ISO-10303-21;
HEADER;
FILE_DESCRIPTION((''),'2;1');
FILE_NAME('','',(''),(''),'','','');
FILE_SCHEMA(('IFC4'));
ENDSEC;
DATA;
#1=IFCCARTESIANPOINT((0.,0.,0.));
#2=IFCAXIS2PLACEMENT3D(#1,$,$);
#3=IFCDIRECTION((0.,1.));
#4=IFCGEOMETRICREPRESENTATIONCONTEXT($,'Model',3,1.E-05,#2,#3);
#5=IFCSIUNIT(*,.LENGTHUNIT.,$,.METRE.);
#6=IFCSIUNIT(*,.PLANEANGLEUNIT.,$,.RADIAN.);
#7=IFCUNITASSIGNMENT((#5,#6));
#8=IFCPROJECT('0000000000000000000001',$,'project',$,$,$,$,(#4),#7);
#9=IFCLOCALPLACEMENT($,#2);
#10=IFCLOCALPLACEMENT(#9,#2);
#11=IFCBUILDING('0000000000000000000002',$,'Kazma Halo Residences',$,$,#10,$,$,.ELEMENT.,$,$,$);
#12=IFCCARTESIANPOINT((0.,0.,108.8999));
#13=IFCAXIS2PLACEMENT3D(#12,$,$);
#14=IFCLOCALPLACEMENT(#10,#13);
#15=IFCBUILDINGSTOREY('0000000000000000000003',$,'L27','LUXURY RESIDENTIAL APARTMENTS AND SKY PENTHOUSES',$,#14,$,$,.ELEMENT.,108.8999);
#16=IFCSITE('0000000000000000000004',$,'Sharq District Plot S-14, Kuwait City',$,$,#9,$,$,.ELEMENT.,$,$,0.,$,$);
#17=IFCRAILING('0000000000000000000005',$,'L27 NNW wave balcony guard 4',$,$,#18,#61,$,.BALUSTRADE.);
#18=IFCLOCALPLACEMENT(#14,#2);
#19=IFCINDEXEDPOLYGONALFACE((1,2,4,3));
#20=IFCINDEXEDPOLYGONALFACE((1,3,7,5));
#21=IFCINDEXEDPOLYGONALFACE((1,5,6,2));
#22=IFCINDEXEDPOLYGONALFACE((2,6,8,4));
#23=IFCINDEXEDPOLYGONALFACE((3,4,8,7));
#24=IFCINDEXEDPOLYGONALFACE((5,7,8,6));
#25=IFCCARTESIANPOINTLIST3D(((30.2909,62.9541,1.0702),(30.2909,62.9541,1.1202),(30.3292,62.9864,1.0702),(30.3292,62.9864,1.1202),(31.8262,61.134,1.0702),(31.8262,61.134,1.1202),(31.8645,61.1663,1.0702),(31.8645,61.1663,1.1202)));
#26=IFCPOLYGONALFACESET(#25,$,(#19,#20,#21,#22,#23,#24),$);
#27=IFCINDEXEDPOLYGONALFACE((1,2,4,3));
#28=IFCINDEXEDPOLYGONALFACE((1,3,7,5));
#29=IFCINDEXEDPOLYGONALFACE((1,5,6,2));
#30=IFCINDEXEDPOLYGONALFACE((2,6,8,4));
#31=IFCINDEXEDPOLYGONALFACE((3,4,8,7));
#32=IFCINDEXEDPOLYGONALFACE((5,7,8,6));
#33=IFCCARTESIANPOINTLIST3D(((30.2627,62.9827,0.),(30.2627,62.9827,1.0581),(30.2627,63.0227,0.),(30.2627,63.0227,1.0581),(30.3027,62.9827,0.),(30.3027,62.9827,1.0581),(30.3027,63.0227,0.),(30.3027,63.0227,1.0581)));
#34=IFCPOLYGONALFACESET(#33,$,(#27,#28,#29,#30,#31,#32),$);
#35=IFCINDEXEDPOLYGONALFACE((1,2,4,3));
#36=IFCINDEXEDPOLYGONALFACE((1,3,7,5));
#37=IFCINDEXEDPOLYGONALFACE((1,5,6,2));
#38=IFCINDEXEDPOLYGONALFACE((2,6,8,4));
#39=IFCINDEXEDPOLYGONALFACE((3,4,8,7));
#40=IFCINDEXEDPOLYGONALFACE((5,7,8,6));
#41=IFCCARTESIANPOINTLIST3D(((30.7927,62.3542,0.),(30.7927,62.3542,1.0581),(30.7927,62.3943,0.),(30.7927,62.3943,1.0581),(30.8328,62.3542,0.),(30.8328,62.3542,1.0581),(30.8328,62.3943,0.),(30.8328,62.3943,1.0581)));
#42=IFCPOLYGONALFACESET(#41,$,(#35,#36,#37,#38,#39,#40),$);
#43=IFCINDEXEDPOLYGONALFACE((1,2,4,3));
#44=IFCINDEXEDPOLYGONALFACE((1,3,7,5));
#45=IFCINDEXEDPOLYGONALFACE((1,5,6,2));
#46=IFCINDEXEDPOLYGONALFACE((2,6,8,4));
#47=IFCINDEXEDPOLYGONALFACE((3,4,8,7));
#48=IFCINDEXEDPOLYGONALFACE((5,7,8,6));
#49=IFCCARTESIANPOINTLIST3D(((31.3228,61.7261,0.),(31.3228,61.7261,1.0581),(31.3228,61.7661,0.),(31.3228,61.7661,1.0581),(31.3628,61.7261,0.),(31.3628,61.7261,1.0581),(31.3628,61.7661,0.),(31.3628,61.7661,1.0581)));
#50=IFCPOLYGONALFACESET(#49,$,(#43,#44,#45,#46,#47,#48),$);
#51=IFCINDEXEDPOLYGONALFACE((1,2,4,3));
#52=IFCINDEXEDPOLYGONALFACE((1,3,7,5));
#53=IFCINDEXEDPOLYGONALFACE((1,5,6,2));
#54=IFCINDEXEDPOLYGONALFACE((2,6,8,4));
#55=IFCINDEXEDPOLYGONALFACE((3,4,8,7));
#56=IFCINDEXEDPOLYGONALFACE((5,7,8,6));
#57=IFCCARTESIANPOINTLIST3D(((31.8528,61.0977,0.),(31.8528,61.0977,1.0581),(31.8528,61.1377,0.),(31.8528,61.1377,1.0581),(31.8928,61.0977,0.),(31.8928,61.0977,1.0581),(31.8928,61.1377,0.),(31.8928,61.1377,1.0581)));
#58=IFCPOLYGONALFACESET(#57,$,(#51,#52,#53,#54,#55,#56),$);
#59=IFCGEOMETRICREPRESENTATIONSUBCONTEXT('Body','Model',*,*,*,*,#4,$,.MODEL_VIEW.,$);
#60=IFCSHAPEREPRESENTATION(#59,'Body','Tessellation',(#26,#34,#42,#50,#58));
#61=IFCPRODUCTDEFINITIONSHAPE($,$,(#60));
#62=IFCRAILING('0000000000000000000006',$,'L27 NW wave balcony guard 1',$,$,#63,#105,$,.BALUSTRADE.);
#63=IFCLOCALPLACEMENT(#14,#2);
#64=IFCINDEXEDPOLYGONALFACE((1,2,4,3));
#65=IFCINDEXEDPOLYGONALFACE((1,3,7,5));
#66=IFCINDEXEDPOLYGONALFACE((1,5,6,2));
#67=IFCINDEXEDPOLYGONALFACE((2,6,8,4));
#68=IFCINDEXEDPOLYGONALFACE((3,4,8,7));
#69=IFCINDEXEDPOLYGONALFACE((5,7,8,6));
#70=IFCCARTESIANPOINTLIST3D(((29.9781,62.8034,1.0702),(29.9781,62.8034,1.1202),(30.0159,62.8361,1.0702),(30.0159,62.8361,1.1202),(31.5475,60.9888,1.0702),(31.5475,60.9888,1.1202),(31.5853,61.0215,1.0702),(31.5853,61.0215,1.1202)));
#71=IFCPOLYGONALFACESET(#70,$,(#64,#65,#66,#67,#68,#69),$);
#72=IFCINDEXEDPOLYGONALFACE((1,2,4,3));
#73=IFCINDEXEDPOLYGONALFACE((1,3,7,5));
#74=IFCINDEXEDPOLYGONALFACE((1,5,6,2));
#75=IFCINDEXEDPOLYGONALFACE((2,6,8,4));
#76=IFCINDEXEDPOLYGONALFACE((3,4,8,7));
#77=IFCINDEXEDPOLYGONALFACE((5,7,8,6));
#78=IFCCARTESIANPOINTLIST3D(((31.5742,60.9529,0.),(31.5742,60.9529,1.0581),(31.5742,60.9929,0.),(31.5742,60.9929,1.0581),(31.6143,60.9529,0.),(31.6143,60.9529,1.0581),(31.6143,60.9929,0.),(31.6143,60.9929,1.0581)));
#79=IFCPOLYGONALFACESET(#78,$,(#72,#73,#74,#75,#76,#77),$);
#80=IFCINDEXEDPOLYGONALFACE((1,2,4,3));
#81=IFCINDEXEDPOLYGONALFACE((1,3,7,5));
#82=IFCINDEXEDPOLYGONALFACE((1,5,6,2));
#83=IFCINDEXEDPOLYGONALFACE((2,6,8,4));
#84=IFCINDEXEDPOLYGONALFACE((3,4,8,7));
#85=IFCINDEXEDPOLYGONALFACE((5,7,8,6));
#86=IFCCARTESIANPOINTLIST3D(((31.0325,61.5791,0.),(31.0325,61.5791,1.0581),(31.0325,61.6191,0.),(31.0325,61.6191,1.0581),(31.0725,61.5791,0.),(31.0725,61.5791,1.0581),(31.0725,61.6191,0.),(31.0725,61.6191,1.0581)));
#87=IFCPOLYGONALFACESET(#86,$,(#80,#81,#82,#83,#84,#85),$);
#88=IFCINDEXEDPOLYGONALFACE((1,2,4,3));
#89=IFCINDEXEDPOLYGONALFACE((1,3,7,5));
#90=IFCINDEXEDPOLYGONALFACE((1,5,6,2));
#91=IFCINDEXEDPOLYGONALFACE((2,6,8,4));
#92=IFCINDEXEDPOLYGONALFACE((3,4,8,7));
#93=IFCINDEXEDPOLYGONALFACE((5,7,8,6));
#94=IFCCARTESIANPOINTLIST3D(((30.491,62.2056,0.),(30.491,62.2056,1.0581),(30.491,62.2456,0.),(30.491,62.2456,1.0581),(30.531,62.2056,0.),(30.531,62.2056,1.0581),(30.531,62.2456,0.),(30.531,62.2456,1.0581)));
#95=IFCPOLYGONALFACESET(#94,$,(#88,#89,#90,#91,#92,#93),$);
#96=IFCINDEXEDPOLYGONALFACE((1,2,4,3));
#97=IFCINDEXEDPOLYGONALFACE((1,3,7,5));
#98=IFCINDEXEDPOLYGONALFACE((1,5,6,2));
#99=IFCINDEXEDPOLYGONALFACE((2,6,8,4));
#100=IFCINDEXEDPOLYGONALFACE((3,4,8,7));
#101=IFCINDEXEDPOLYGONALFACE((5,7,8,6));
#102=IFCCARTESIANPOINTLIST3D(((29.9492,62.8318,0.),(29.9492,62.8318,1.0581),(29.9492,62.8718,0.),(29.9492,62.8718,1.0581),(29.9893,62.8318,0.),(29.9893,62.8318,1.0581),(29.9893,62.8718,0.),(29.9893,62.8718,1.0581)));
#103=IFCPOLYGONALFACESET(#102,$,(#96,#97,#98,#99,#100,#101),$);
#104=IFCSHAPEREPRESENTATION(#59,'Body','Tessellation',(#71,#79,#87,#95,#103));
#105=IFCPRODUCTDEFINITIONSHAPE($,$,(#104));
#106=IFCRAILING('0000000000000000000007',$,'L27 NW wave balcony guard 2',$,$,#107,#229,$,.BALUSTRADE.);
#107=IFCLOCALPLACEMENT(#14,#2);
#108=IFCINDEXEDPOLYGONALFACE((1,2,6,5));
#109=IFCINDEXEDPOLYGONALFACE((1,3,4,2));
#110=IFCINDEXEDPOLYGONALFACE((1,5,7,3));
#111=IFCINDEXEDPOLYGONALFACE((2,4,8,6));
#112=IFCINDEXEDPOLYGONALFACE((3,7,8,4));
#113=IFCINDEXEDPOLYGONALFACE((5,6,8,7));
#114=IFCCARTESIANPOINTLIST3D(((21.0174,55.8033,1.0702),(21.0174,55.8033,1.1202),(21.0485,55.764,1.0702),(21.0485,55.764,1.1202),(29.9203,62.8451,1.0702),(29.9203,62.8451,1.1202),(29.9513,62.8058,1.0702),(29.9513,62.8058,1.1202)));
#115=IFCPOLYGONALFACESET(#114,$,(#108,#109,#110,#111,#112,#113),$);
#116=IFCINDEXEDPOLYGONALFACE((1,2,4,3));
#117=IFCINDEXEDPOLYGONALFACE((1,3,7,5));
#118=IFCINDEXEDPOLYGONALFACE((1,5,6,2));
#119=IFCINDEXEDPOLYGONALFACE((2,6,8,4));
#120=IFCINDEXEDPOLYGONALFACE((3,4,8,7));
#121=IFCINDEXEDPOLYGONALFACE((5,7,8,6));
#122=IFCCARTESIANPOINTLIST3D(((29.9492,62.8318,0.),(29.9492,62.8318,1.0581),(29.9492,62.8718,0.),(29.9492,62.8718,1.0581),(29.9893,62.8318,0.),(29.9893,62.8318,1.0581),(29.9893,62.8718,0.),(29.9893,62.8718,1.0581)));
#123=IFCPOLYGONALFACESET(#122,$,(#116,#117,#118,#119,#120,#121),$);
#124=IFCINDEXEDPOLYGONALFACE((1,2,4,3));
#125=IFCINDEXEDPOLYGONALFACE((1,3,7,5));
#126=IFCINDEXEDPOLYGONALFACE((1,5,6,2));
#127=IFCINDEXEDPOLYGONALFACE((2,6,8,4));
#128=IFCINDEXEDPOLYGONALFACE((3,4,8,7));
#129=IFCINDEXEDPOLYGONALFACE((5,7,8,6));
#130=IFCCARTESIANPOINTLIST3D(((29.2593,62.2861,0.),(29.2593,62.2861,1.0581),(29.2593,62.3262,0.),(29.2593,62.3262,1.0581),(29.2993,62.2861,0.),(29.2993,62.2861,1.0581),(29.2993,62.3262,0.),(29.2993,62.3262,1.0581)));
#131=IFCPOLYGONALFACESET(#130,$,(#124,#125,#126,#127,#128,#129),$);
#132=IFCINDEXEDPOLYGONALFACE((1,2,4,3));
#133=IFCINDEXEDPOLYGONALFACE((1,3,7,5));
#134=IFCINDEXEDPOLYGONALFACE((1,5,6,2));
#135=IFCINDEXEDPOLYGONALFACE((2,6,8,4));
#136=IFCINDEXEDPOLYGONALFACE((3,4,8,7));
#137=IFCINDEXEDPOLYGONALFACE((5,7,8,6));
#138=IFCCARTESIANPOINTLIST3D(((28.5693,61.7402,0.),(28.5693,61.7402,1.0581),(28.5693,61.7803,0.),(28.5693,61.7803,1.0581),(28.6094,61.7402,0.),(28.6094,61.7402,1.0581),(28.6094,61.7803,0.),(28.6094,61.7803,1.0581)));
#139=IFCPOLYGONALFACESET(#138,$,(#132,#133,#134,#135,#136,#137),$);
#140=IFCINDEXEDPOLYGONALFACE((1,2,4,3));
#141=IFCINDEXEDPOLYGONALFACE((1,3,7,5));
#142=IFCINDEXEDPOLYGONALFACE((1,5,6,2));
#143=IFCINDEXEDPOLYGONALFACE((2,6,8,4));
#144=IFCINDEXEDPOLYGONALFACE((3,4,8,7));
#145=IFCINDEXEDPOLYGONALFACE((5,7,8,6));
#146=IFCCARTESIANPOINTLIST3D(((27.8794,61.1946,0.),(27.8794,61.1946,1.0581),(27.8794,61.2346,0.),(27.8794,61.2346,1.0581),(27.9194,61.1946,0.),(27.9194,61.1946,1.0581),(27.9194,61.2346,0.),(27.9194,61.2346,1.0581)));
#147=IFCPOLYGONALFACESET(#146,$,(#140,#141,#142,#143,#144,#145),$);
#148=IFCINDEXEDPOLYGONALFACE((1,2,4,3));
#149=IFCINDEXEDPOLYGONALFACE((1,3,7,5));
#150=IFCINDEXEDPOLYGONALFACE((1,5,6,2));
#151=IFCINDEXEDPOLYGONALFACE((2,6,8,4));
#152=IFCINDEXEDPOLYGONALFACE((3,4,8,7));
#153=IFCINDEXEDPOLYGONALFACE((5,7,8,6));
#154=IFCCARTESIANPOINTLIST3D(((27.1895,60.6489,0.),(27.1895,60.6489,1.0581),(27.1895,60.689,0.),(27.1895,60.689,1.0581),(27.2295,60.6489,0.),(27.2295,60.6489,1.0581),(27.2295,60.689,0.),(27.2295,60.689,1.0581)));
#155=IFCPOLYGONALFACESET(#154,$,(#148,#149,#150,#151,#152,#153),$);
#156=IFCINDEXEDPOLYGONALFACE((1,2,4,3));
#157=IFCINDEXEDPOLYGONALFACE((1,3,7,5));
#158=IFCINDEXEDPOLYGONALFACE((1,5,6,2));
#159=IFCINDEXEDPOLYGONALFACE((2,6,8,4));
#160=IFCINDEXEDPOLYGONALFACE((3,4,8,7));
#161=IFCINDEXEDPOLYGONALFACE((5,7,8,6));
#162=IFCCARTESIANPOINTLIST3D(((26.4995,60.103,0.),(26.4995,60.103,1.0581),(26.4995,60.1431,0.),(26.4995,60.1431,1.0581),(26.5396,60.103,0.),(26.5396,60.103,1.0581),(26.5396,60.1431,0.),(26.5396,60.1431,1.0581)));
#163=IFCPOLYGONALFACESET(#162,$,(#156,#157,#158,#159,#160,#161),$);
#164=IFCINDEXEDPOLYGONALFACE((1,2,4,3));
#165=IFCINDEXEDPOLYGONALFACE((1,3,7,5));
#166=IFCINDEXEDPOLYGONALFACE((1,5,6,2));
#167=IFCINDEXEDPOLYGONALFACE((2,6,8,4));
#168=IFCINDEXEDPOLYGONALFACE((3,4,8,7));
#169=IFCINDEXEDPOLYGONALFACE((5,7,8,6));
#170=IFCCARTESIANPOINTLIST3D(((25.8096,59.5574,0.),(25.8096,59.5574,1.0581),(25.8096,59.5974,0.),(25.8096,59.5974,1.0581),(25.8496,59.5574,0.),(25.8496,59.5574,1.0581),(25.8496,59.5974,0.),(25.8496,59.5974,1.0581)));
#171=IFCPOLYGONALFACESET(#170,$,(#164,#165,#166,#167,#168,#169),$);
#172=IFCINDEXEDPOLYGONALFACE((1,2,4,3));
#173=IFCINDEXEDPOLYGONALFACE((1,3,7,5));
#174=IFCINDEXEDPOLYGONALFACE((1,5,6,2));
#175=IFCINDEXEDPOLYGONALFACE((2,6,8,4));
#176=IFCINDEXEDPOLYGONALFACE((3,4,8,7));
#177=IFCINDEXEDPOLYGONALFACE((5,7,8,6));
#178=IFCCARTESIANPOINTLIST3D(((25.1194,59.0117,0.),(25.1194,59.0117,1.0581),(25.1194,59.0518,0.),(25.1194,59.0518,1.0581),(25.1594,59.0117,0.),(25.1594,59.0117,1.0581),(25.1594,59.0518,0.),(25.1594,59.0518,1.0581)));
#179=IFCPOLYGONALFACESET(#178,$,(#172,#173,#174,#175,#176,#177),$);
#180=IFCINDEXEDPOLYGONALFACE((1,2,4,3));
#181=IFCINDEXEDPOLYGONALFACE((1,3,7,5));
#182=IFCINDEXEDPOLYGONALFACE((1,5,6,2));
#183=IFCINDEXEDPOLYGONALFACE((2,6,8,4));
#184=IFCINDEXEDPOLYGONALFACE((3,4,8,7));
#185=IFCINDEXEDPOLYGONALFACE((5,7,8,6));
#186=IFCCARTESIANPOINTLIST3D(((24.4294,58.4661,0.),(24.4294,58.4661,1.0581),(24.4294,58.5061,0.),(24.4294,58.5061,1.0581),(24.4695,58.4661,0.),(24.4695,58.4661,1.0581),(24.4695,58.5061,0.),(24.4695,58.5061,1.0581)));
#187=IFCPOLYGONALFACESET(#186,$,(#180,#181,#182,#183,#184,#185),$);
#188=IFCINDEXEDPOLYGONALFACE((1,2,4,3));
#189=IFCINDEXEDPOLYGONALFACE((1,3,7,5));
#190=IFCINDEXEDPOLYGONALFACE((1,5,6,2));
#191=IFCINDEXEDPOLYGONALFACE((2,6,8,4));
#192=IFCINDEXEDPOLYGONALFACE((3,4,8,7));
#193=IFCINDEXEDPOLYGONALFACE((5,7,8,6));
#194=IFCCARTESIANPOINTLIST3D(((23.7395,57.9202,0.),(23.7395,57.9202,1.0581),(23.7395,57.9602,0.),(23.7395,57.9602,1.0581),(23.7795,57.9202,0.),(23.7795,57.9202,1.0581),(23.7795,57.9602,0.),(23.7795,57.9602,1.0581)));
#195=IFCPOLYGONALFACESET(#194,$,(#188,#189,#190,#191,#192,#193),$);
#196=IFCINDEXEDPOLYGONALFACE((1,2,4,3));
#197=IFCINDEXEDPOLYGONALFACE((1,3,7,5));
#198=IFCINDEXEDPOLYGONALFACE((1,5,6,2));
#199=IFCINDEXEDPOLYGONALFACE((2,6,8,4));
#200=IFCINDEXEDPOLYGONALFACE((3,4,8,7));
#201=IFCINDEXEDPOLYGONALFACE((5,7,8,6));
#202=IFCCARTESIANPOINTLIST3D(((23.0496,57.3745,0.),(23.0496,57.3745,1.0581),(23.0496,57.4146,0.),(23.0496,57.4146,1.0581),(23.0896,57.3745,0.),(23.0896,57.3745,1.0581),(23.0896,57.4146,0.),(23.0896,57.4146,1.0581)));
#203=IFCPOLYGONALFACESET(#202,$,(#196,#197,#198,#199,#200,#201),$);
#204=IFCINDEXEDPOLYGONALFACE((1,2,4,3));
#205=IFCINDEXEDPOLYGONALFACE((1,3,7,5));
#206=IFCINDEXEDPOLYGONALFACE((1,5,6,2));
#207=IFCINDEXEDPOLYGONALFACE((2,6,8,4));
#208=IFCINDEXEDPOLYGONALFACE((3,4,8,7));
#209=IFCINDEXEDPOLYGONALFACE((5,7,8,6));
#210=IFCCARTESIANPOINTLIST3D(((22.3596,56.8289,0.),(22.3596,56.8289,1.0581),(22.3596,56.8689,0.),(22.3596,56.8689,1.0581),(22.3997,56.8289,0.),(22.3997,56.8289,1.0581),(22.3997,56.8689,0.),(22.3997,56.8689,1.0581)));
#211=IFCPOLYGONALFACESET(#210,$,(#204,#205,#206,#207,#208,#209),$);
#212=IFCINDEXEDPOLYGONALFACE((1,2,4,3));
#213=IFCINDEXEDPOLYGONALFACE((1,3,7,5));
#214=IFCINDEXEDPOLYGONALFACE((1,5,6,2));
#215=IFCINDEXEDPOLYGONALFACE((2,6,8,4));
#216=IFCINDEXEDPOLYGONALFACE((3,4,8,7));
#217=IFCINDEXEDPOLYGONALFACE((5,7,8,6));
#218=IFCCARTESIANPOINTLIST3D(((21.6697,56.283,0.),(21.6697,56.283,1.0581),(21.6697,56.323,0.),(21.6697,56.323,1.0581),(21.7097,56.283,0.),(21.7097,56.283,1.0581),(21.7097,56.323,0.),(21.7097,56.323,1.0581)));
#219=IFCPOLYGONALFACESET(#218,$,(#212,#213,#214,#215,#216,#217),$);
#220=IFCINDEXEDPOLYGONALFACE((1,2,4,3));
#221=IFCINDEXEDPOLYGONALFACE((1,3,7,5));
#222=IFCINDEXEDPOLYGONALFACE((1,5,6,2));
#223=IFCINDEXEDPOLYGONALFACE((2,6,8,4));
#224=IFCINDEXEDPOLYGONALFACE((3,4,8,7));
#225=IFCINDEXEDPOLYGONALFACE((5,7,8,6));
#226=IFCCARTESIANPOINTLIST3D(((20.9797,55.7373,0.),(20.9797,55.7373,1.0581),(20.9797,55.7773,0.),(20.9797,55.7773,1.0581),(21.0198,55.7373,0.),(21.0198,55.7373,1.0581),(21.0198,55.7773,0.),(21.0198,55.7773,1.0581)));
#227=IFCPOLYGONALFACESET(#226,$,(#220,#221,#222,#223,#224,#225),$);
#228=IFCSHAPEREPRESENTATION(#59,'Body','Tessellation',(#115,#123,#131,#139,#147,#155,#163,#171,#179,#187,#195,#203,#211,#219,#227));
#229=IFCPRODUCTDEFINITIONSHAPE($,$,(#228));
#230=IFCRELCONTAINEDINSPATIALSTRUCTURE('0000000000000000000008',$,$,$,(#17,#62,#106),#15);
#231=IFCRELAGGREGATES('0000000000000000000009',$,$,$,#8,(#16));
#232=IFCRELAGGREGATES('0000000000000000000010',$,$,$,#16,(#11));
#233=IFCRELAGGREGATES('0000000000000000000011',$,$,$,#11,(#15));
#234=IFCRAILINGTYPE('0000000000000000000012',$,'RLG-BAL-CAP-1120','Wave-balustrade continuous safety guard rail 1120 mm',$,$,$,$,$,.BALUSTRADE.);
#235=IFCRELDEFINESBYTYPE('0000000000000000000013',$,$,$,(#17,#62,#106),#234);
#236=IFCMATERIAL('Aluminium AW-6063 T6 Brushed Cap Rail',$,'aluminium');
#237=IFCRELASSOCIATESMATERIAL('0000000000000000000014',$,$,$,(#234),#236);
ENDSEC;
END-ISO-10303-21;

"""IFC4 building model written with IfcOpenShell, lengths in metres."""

from ifc_helpers import new_model, si_unit, direction, frame, origin, origin_2d, place, context, subcontext, project, spatial, rectangle, extrude, material, type_object, element, save


model = new_model("IFC4")

# Units and contexts
model_context = context("Model", 3, precision=1e-05, world=origin(), true_north=direction((0.0, 1.0)))
body_context = subcontext(model_context, "Body", "Model", "MODEL_VIEW")
ifc_project = project(units=[si_unit("LENGTHUNIT", "METRE"), si_unit("PLANEANGLEUNIT", "RADIAN")], contexts=[model_context])

# Site, building, storey
site_placement = place(None, origin())
site = spatial("IfcSite", under=ifc_project, at=site_placement, Name="Sharq District Plot S-14, Kuwait City", CompositionType="ELEMENT", RefElevation=0.0)
building_placement = place(site_placement, origin())
building = spatial("IfcBuilding", under=site, at=building_placement, Name="Kazma Halo Residences", CompositionType="ELEMENT")
storey_placement = place(building_placement, frame((0.0, 0.0, 108.8999)))
storey = spatial("IfcBuildingStorey", under=building, at=storey_placement, Name="L27", Description="LUXURY RESIDENTIAL APARTMENTS AND SKY PENTHOUSES", CompositionType="ELEMENT", Elevation=108.8999)

# Railings
ifc_material_1 = material(Name="Aluminium AW-6063 T6 Brushed Cap Rail", Category="aluminium")
railing_type = type_object("IfcRailingType", Name="RLG-BAL-CAP-1120", Description="Wave-balustrade continuous safety guard rail 1120 mm", PredefinedType="BALUSTRADE", material=ifc_material_1)
railing_1_placement = place(storey_placement, frame((30.2827, 63.0027, 0.0)))
element("IfcRailing", 1, at=railing_1_placement, inside=storey, type_object=railing_type, Name="L27 NNW wave balcony guard 4", PredefinedType="BALUSTRADE", context=body_context, shape_type="SweptSolid", body=[
    extrude(rectangle(XDim=0.05, YDim=0.05, at=origin_2d()), frame((0.0273, -0.0325, 1.0952), z_axis=(0.644779, -0.764369, 0.0), x_axis=(0.764369, 0.644779, 0.0)), (0.0, 0.0, 1.0), 2.3811),
    extrude(rectangle(XDim=0.04, YDim=0.04, at=origin_2d()), origin(), (0.0, 0.0, 1.0), 1.0581),
    extrude(rectangle(XDim=0.04, YDim=0.04, at=origin_2d()), frame((0.53, -0.6284, 0.0)), (0.0, 0.0, 1.0), 1.0581),
    extrude(rectangle(XDim=0.04, YDim=0.04, at=origin_2d()), frame((1.0601, -1.2566, 0.0)), (0.0, 0.0, 1.0), 1.0581),
    extrude(rectangle(XDim=0.04, YDim=0.04, at=origin_2d()), frame((1.5901, -1.885, 0.0)), (0.0, 0.0, 1.0), 1.0581),
])
railing_2_placement = place(storey_placement, frame((31.5942, 60.9729, 0.0)))
element("IfcRailing", 2, at=railing_2_placement, inside=storey, type_object=railing_type, Name="L27 NW wave balcony guard 1", PredefinedType="BALUSTRADE", context=body_context, shape_type="SweptSolid", body=[
    extrude(rectangle(XDim=0.05, YDim=0.05, at=origin_2d()), frame((-0.0278, 0.0322, 1.0952), z_axis=(-0.654152, 0.756363, 0.0), x_axis=(-0.756363, -0.654152, 0.0)), (0.0, 0.0, 1.0), 2.3992),
    extrude(rectangle(XDim=0.04, YDim=0.04, at=origin_2d()), origin(), (0.0, 0.0, 1.0), 1.0581),
    extrude(rectangle(XDim=0.04, YDim=0.04, at=origin_2d()), frame((-0.5417, 0.6262, 0.0)), (0.0, 0.0, 1.0), 1.0581),
    extrude(rectangle(XDim=0.04, YDim=0.04, at=origin_2d()), frame((-1.0833, 1.2527, 0.0)), (0.0, 0.0, 1.0), 1.0581),
    extrude(rectangle(XDim=0.04, YDim=0.04, at=origin_2d()), frame((-1.625, 1.8789, 0.0)), (0.0, 0.0, 1.0), 1.0581),
])
railing_3_placement = place(storey_placement, frame((29.9692, 62.8518, 0.0)))
element("IfcRailing", 3, at=railing_3_placement, inside=storey, type_object=railing_type, Name="L27 NW wave balcony guard 2", PredefinedType="BALUSTRADE", context=body_context, shape_type="SweptSolid", body=[
    extrude(rectangle(XDim=0.05, YDim=0.05, at=origin_2d()), frame((-0.0334, -0.0264, 1.0952), z_axis=(-0.784316, -0.620361, 0.0), x_axis=(0.620361, -0.784316, 0.0)), (0.0, 0.0, 1.0), 11.3511),
    extrude(rectangle(XDim=0.04, YDim=0.04, at=origin_2d()), origin(), (0.0, 0.0, 1.0), 1.0581),
    extrude(rectangle(XDim=0.04, YDim=0.04, at=origin_2d()), frame((-0.6899, -0.5457, 0.0)), (0.0, 0.0, 1.0), 1.0581),
    extrude(rectangle(XDim=0.04, YDim=0.04, at=origin_2d()), frame((-1.3799, -1.0916, 0.0)), (0.0, 0.0, 1.0), 1.0581),
    extrude(rectangle(XDim=0.04, YDim=0.04, at=origin_2d()), frame((-2.0698, -1.6372, 0.0)), (0.0, 0.0, 1.0), 1.0581),
    extrude(rectangle(XDim=0.04, YDim=0.04, at=origin_2d()), frame((-2.7598, -2.1829, 0.0)), (0.0, 0.0, 1.0), 1.0581),
    extrude(rectangle(XDim=0.04, YDim=0.04, at=origin_2d()), frame((-3.4497, -2.7288, 0.0)), (0.0, 0.0, 1.0), 1.0581),
    extrude(rectangle(XDim=0.04, YDim=0.04, at=origin_2d()), frame((-4.1396, -3.2744, 0.0)), (0.0, 0.0, 1.0), 1.0581),
    extrude(rectangle(XDim=0.04, YDim=0.04, at=origin_2d()), frame((-4.8298, -3.8201, 0.0)), (0.0, 0.0, 1.0), 1.0581),
    extrude(rectangle(XDim=0.04, YDim=0.04, at=origin_2d()), frame((-5.5198, -4.3657, 0.0)), (0.0, 0.0, 1.0), 1.0581),
    extrude(rectangle(XDim=0.04, YDim=0.04, at=origin_2d()), frame((-6.2097, -4.9116, 0.0)), (0.0, 0.0, 1.0), 1.0581),
    extrude(rectangle(XDim=0.04, YDim=0.04, at=origin_2d()), frame((-6.8997, -5.4573, 0.0)), (0.0, 0.0, 1.0), 1.0581),
    extrude(rectangle(XDim=0.04, YDim=0.04, at=origin_2d()), frame((-7.5896, -6.0029, 0.0)), (0.0, 0.0, 1.0), 1.0581),
    extrude(rectangle(XDim=0.04, YDim=0.04, at=origin_2d()), frame((-8.2795, -6.5488, 0.0)), (0.0, 0.0, 1.0), 1.0581),
    extrude(rectangle(XDim=0.04, YDim=0.04, at=origin_2d()), frame((-8.9695, -7.0945, 0.0)), (0.0, 0.0, 1.0), 1.0581),
])

save(model, "model.ifc")
